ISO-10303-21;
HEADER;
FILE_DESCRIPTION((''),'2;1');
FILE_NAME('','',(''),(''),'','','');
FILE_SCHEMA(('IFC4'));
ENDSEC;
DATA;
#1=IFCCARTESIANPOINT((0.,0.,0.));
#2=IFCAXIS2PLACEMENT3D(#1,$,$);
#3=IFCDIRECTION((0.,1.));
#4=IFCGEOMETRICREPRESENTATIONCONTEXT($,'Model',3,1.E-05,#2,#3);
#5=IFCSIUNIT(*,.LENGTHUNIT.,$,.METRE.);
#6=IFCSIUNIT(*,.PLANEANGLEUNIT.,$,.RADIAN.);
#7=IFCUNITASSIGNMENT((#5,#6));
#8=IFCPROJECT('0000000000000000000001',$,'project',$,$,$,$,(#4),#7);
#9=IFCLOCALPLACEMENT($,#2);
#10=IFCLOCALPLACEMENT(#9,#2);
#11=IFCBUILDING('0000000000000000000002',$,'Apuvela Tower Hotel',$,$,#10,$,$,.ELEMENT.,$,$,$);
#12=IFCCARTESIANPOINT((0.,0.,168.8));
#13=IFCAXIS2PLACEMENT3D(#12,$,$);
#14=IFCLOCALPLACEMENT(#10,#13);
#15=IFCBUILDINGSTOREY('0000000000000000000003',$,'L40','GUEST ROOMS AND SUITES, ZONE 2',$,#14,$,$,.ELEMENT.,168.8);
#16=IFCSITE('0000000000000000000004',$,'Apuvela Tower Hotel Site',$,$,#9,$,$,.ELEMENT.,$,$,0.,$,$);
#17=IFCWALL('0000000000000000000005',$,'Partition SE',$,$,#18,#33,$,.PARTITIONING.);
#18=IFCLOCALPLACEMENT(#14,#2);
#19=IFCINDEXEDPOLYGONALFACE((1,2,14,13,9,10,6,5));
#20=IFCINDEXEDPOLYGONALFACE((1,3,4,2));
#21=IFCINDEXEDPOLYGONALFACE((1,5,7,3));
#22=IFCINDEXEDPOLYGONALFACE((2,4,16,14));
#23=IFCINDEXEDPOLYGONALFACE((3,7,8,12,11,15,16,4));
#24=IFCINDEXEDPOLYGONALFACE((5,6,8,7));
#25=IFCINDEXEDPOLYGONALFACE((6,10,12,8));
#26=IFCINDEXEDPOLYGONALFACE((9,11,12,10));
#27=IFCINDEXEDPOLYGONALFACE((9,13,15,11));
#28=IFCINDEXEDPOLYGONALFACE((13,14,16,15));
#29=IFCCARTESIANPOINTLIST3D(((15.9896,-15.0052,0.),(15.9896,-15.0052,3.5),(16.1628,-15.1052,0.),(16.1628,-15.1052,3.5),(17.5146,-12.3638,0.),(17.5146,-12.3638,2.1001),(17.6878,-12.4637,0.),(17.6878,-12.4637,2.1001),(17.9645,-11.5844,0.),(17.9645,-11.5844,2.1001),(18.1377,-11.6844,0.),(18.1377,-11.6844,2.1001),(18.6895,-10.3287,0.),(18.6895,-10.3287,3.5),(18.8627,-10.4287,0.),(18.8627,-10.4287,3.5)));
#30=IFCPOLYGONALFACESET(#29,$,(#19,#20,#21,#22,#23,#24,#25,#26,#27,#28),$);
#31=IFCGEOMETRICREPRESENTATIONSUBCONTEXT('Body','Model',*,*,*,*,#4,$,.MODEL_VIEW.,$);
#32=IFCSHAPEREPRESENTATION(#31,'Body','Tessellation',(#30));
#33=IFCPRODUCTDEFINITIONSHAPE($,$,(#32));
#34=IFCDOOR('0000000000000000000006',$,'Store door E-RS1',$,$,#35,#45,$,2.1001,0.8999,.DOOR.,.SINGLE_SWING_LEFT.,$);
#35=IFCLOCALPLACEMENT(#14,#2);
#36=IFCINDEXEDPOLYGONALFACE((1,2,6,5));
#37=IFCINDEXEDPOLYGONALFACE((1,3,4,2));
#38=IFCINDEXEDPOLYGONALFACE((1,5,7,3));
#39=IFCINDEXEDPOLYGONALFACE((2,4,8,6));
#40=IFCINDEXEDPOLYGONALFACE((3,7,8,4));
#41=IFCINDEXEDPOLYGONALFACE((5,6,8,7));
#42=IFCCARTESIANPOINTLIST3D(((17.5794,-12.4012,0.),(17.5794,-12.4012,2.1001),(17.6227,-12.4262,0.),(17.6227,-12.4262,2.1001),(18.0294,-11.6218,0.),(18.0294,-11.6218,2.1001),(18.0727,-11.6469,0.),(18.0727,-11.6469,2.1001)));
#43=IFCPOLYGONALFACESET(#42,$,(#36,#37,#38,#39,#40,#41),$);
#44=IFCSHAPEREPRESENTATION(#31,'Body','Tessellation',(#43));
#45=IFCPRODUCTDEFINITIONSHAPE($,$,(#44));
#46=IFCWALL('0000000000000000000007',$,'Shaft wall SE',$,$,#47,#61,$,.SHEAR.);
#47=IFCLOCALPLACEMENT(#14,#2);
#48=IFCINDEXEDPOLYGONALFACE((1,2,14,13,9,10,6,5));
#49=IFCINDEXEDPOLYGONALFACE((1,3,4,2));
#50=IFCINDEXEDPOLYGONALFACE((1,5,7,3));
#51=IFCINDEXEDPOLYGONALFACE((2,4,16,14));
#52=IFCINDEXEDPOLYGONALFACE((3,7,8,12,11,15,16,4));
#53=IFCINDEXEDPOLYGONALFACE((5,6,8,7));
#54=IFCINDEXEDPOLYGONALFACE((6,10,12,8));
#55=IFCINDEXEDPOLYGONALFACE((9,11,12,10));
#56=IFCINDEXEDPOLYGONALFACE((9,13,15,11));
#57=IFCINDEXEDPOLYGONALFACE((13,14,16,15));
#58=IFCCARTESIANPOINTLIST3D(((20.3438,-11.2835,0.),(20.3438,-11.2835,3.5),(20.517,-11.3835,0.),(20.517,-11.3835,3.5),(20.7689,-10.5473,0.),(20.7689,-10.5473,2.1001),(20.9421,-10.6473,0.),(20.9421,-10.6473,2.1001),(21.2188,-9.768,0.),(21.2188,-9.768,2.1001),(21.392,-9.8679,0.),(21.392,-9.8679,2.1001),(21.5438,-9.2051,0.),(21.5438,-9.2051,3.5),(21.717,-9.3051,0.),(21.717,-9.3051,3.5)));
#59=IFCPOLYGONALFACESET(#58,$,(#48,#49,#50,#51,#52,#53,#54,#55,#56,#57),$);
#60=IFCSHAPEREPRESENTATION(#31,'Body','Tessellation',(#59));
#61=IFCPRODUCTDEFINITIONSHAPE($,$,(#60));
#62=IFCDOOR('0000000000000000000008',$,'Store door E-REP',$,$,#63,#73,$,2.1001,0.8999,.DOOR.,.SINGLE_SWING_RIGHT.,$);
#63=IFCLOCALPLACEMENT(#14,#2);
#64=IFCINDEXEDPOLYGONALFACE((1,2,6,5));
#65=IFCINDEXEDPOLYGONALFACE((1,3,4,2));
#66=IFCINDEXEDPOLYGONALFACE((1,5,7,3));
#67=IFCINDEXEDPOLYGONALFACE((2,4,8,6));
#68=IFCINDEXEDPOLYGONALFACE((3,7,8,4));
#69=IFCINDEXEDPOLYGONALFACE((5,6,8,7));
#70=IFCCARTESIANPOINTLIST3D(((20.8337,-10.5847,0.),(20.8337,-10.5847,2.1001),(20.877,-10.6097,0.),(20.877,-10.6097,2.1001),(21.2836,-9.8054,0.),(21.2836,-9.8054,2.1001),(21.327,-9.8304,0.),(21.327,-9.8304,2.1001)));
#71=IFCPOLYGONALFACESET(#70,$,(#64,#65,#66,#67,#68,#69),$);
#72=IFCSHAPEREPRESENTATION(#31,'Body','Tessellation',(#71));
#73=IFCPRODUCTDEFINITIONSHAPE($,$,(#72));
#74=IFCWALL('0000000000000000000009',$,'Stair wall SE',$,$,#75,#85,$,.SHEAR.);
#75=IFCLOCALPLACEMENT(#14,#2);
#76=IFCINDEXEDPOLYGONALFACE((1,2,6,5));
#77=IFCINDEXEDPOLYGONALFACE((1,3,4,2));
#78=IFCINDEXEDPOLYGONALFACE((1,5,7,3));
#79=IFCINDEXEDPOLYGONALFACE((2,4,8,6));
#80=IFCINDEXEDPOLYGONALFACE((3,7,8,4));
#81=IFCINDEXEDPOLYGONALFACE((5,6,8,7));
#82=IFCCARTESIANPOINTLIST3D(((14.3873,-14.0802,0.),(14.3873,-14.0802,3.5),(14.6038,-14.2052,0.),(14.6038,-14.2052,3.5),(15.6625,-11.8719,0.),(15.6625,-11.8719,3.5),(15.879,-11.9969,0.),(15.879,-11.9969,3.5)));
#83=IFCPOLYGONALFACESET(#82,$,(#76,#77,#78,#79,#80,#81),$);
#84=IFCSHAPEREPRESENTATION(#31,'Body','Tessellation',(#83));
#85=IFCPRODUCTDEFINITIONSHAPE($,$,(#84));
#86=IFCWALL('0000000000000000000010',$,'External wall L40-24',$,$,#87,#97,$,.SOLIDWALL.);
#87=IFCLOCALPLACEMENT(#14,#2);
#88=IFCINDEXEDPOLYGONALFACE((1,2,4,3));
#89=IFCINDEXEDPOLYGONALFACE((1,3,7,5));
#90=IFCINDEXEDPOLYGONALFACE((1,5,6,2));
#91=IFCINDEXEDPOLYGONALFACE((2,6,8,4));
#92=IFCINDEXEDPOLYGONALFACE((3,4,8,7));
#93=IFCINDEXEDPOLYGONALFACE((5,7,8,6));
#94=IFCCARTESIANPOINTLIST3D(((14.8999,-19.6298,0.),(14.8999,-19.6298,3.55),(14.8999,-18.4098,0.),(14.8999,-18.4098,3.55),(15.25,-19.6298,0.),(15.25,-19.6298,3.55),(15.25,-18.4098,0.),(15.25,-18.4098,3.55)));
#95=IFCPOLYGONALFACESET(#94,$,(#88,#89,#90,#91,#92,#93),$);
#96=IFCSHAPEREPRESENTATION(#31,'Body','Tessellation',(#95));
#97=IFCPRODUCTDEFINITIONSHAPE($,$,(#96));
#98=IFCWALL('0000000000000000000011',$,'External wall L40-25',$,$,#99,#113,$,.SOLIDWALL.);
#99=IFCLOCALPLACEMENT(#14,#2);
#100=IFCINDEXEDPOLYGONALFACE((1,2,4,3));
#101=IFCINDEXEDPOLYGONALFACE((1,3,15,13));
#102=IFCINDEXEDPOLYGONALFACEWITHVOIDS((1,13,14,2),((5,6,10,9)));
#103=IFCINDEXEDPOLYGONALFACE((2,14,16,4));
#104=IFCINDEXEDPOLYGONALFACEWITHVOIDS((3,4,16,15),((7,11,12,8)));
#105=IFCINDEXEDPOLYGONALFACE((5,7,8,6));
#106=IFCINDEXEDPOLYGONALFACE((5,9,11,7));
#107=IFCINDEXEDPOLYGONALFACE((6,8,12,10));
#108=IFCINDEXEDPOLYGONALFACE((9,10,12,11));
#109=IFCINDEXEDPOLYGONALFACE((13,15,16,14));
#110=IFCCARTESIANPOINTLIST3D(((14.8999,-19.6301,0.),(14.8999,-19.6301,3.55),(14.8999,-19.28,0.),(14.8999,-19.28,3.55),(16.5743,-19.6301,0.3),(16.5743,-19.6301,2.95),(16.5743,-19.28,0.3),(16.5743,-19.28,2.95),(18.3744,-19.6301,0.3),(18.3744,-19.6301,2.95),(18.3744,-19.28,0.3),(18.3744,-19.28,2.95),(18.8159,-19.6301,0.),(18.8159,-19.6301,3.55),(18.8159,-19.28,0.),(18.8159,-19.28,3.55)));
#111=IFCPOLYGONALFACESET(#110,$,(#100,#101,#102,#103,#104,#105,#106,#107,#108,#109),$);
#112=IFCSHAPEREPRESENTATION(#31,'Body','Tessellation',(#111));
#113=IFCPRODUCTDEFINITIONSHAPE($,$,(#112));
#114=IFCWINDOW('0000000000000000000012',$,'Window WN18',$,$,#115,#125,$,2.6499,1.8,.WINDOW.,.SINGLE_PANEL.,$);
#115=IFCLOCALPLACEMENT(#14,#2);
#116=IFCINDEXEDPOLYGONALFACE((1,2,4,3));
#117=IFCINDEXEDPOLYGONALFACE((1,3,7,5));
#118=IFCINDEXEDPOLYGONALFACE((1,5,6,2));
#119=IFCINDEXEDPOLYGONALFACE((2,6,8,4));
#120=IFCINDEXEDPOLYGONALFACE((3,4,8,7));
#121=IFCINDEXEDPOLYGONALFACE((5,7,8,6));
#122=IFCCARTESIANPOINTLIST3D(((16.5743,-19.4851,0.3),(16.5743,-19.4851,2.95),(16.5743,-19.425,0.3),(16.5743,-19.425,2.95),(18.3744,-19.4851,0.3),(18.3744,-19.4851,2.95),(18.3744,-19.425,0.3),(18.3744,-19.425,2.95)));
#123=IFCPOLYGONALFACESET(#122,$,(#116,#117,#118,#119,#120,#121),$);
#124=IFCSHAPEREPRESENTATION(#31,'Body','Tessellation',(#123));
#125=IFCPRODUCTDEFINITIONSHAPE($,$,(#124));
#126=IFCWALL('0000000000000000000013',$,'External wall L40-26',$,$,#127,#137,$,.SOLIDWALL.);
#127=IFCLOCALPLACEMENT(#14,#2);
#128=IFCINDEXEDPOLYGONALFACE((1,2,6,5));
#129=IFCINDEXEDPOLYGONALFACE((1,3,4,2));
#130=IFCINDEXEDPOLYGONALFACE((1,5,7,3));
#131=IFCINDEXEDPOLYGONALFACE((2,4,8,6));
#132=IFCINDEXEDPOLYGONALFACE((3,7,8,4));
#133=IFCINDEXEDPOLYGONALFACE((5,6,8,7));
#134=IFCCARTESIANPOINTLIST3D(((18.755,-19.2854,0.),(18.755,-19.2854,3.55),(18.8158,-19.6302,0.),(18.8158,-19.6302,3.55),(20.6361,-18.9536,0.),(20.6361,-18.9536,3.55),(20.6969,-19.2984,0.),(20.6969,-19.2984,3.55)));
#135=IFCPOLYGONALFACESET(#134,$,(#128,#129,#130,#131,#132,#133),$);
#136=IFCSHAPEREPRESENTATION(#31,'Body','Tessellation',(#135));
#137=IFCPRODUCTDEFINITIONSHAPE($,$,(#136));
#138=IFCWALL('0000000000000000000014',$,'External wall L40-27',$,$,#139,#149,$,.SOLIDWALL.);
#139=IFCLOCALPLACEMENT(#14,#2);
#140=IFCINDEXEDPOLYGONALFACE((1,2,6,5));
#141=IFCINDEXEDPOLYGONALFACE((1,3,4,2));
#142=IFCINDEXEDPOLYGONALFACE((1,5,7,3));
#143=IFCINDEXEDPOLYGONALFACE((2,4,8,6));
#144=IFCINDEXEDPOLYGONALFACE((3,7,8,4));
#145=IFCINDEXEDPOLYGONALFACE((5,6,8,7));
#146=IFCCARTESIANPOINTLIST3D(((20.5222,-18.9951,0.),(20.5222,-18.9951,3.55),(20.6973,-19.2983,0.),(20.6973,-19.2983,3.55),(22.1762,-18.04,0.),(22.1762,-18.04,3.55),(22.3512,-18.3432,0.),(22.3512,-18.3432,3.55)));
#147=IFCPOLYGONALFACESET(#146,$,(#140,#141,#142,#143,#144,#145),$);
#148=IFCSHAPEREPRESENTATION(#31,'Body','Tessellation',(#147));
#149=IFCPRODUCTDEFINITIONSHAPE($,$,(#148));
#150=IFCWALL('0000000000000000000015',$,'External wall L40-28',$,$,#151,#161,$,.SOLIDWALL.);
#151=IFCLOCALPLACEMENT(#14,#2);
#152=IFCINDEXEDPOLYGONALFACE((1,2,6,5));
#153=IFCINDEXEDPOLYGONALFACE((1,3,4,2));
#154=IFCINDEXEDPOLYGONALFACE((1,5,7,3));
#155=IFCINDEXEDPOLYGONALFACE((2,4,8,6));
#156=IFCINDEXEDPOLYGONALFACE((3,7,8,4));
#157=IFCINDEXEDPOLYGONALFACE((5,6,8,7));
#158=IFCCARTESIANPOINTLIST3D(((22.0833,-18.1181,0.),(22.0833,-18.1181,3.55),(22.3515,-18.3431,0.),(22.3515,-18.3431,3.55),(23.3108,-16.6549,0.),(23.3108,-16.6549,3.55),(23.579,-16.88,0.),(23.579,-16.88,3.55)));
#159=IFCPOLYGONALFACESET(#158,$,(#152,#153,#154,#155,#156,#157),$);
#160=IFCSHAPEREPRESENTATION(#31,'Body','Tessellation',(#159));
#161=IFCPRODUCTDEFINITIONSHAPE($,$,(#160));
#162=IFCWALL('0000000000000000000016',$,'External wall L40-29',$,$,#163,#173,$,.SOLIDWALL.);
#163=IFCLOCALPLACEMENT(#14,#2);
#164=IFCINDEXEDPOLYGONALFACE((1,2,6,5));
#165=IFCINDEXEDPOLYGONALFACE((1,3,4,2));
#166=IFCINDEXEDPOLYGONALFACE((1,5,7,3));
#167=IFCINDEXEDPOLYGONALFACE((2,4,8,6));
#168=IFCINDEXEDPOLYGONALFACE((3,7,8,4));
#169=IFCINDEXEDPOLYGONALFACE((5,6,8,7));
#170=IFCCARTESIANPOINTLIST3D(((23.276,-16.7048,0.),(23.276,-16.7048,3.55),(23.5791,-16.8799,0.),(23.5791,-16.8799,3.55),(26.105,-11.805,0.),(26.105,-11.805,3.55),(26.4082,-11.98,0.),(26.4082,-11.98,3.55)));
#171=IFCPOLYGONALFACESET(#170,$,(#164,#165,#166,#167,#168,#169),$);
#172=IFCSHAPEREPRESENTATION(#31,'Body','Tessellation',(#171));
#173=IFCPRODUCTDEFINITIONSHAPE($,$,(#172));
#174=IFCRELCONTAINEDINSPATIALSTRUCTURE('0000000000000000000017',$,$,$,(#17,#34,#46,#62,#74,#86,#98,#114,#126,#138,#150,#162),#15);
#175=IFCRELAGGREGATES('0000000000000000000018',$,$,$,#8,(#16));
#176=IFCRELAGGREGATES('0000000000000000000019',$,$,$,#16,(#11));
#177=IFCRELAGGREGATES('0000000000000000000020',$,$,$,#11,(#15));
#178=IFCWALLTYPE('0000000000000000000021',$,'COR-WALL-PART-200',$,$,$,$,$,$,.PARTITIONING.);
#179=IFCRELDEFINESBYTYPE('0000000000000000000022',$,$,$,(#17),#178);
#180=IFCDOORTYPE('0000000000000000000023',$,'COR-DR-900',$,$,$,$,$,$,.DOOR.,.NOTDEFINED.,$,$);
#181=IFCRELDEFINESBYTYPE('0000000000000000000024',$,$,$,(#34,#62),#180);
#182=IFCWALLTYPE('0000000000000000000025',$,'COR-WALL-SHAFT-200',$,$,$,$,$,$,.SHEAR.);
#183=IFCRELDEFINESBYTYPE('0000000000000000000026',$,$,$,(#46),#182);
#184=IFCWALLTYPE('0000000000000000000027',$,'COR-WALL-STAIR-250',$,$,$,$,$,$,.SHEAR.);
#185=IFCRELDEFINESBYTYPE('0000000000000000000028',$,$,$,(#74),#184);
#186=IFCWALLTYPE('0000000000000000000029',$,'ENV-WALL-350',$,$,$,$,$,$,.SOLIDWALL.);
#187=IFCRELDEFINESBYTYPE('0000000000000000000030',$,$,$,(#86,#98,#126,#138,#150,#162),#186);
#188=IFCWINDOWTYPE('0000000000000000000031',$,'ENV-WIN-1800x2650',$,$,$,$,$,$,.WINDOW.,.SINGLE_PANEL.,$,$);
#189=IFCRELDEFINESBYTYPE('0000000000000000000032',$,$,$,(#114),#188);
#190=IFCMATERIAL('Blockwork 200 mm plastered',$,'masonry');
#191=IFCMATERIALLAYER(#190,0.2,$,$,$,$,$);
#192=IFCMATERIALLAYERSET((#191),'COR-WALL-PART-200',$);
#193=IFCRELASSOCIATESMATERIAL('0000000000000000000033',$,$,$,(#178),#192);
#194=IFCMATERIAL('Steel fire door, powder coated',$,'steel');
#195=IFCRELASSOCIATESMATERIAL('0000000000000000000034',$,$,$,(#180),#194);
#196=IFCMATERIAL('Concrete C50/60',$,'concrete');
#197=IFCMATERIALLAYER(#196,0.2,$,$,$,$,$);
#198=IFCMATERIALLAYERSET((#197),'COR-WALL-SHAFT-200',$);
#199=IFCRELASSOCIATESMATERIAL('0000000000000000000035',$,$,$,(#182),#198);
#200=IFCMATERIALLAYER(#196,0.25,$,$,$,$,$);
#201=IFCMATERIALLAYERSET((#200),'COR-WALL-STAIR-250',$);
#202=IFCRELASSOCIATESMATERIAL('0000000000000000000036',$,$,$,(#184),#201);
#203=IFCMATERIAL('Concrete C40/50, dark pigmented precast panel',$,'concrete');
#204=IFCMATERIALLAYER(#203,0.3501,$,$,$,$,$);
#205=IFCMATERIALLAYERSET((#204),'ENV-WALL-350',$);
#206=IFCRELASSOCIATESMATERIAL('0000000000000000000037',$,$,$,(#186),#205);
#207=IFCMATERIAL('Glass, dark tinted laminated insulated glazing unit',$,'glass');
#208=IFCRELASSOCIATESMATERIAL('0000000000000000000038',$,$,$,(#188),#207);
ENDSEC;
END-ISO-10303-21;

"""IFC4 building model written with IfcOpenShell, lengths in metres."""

from ifc_helpers import new_model, si_unit, direction, frame, frame_2d, origin, place, context, subcontext, project, spatial, rectangle, extrude, material, layer, layer_set, type_object, element, fill, save


model = new_model("IFC4")

# Units and contexts
model_context = context("Model", 3, precision=1e-05, world=origin(), true_north=direction((0.0, 1.0)))
body_context = subcontext(model_context, "Body", "Model", "MODEL_VIEW")
ifc_project = project(units=[si_unit("LENGTHUNIT", "METRE"), si_unit("PLANEANGLEUNIT", "RADIAN")], contexts=[model_context])

# Site, building, storey
site_placement = place(None, origin())
site = spatial("IfcSite", under=ifc_project, at=site_placement, Name="Apuvela Tower Hotel Site", CompositionType="ELEMENT", RefElevation=0.0)
building_placement = place(site_placement, origin())
building = spatial("IfcBuilding", under=site, at=building_placement, Name="Apuvela Tower Hotel", CompositionType="ELEMENT")
storey_placement = place(building_placement, frame((0.0, 0.0, 168.8)))
storey = spatial("IfcBuildingStorey", under=building, at=storey_placement, Name="L40", Description="GUEST ROOMS AND SUITES, ZONE 2", CompositionType="ELEMENT", Elevation=168.8)

# Walls, openings, doors
ifc_material_1 = material(Name="Blockwork 200 mm plastered", Category="masonry")
ifc_layer_1 = layer(ifc_material_1, 0.2)
ifc_layer_set_1 = layer_set([ifc_layer_1], Name="COR-WALL-PART-200")
wall_type_1 = type_object("IfcWallType", Name="COR-WALL-PART-200", PredefinedType="PARTITIONING", material=ifc_layer_set_1)
wall_1_placement = place(storey_placement, frame((16.0762, -15.0552, 0.0), z_axis=(0.0, 0.0, 1.0), x_axis=(0.499995, 0.866028, 0.0)))
wall_1 = element("IfcWall", 1, at=wall_1_placement, inside=storey, type_object=wall_type_1, Name="Partition SE", PredefinedType="PARTITIONING", context=body_context, shape_type="SweptSolid", body=[
    extrude(rectangle(XDim=5.3999, YDim=0.2, at=frame_2d((2.7, 0.0))), origin(), (0.0, 0.0, 1.0), 3.5),
])
opening_1_placement = place(wall_1_placement, frame((3.05, 0.0, 0.0)))
opening_1 = element("IfcOpeningElement", 2, at=opening_1_placement, cuts=wall_1, PredefinedType="OPENING", context=body_context, shape_type="SweptSolid", body=[
    extrude(rectangle(XDim=0.8999, YDim=2.1001, at=frame_2d((0.45, 1.05))), frame((0.0, 0.1099, 0.0), z_axis=(0.0, -1.0, 0.0), x_axis=(1.0, 0.0, 0.0)), (0.0, 0.0, 1.0), 0.22),
])
ifc_material_2 = material(Name="Steel fire door, powder coated", Category="steel")
door_type_1 = type_object("IfcDoorType", Name="COR-DR-900", OperationType="NOTDEFINED", PredefinedType="DOOR", material=ifc_material_2)
door_1_placement = place(opening_1_placement, frame((0.8999, 0.0, 0.0), z_axis=(0.0, 0.0, 1.0), x_axis=(-1.0, 0.0, 0.0)))
door_1 = element("IfcDoor", 3, at=door_1_placement, inside=storey, type_object=door_type_1, Name="Store door E-RS1", OperationType="SINGLE_SWING_LEFT", OverallHeight=2.1001, OverallWidth=0.8999, PredefinedType="DOOR", context=body_context, shape_type="SweptSolid", body=[
    extrude(rectangle(XDim=0.8999, YDim=2.1001, at=frame_2d((0.45, 1.05))), frame((0.0, 0.0249, 0.0), z_axis=(0.0, -1.0, 0.0), x_axis=(1.0, 0.0, 0.0)), (0.0, 0.0, 1.0), 0.05),
])
fill(opening_1, door_1)
ifc_material_3 = material(Name="Concrete C50/60", Category="concrete")
ifc_layer_2 = layer(ifc_material_3, 0.2)
ifc_layer_set_2 = layer_set([ifc_layer_2], Name="COR-WALL-SHAFT-200")
wall_type_2 = type_object("IfcWallType", Name="COR-WALL-SHAFT-200", PredefinedType="SHEAR", material=ifc_layer_set_2)
wall_2_placement = place(storey_placement, frame((20.4304, -11.3335, 0.0), z_axis=(0.0, 0.0, 1.0), x_axis=(0.500001, 0.866025, 0.0)))
wall_2 = element("IfcWall", 4, at=wall_2_placement, inside=storey, type_object=wall_type_2, Name="Shaft wall SE", PredefinedType="SHEAR", context=body_context, shape_type="SweptSolid", body=[
    extrude(rectangle(XDim=2.3999, YDim=0.2, at=frame_2d((1.2, 0.0))), origin(), (0.0, 0.0, 1.0), 3.5),
])
opening_2_placement = place(wall_2_placement, frame((0.8501, 0.0, 0.0)))
opening_2 = element("IfcOpeningElement", 5, at=opening_2_placement, cuts=wall_2, PredefinedType="OPENING", context=body_context, shape_type="SweptSolid", body=[
    extrude(rectangle(XDim=0.8999, YDim=2.1001, at=frame_2d((0.45, 1.05))), frame((0.0, 0.1099, 0.0), z_axis=(0.0, -1.0, 0.0), x_axis=(1.0, 0.0, 0.0)), (0.0, 0.0, 1.0), 0.22),
])
door_2_placement = place(opening_2_placement, frame((0.8999, 0.0, 0.0), z_axis=(0.0, 0.0, 1.0), x_axis=(-1.0, 0.0, 0.0)))
door_2 = element("IfcDoor", 6, at=door_2_placement, inside=storey, type_object=door_type_1, Name="Store door E-REP", OperationType="SINGLE_SWING_RIGHT", OverallHeight=2.1001, OverallWidth=0.8999, PredefinedType="DOOR", context=body_context, shape_type="SweptSolid", body=[
    extrude(rectangle(XDim=0.8999, YDim=2.1001, at=frame_2d((0.45, 1.05))), frame((0.0, 0.0249, 0.0), z_axis=(0.0, -1.0, 0.0), x_axis=(1.0, 0.0, 0.0)), (0.0, 0.0, 1.0), 0.05),
])
fill(opening_2, door_2)

# Walls
ifc_layer_3 = layer(ifc_material_3, 0.25)
ifc_layer_set_3 = layer_set([ifc_layer_3], Name="COR-WALL-STAIR-250")
wall_type_3 = type_object("IfcWallType", Name="COR-WALL-STAIR-250", PredefinedType="SHEAR", material=ifc_layer_set_3)
wall_3_placement = place(storey_placement, frame((14.4956, -14.1426, 0.0), z_axis=(0.0, 0.0, 1.0), x_axis=(0.500062, 0.865989, 0.0)))
element("IfcWall", 7, at=wall_3_placement, inside=storey, type_object=wall_type_3, Name="Stair wall SE", PredefinedType="SHEAR", context=body_context, shape_type="SweptSolid", body=[
    extrude(rectangle(XDim=2.55, YDim=0.25, at=frame_2d((1.2749, 0.0))), origin(), (0.0, 0.0, 1.0), 3.5),
])
ifc_material_4 = material(Name="Concrete C40/50, dark pigmented precast panel", Category="concrete")
ifc_layer_4 = layer(ifc_material_4, 0.3501)
ifc_layer_set_4 = layer_set([ifc_layer_4], Name="ENV-WALL-350")
wall_type_4 = type_object("IfcWallType", Name="ENV-WALL-350", PredefinedType="SOLIDWALL", material=ifc_layer_set_4)
wall_4_placement = place(storey_placement, frame((15.075, -18.4099, 0.0), z_axis=(0.0, 0.0, 1.0), x_axis=(0.0, -1.0, 0.0)))
element("IfcWall", 8, at=wall_4_placement, inside=storey, type_object=wall_type_4, Name="External wall L40-24", PredefinedType="SOLIDWALL", context=body_context, shape_type="SweptSolid", body=[
    extrude(rectangle(XDim=1.22, YDim=0.3501, at=frame_2d((0.6099, 0.0))), origin(), (0.0, 0.0, 1.0), 3.55),
])

# Wall, opening, window
wall_5_placement = place(storey_placement, frame((14.8999, -19.4551, 0.0), z_axis=(0.0, 0.0, 1.0), x_axis=(1.0, 0.0, 0.0)))
wall_5 = element("IfcWall", 9, at=wall_5_placement, inside=storey, type_object=wall_type_4, Name="External wall L40-25", PredefinedType="SOLIDWALL", context=body_context, shape_type="SweptSolid", body=[
    extrude(rectangle(XDim=3.916, YDim=0.3501, at=frame_2d((1.958, 0.0))), origin(), (0.0, 0.0, 1.0), 3.55),
])
opening_3_placement = place(wall_5_placement, frame((1.6746, 0.0, 0.3)))
opening_3 = element("IfcOpeningElement", 10, at=opening_3_placement, cuts=wall_5, PredefinedType="OPENING", context=body_context, shape_type="SweptSolid", body=[
    extrude(rectangle(XDim=1.8, YDim=2.6499, at=frame_2d((0.8999, 1.325))), frame((0.0, 0.1851, 0.0), z_axis=(0.0, -1.0, 0.0), x_axis=(1.0, 0.0, 0.0)), (0.0, 0.0, 1.0), 0.3701),
])
ifc_material_5 = material(Name="Glass, dark tinted laminated insulated glazing unit", Category="glass")
window_type = type_object("IfcWindowType", Name="ENV-WIN-1800x2650", PartitioningType="SINGLE_PANEL", PredefinedType="WINDOW", material=ifc_material_5)
window_placement = place(opening_3_placement, origin())
window = element("IfcWindow", 11, at=window_placement, inside=storey, type_object=window_type, Name="Window WN18", OverallHeight=2.6499, OverallWidth=1.8, PartitioningType="SINGLE_PANEL", PredefinedType="WINDOW", context=body_context, shape_type="SweptSolid", body=[
    extrude(rectangle(XDim=1.8, YDim=2.6499, at=frame_2d((0.8999, 1.325))), frame((0.0, 0.03, 0.0), z_axis=(0.0, -1.0, 0.0), x_axis=(1.0, 0.0, 0.0)), (0.0, 0.0, 1.0), 0.0601),
])
fill(opening_3, window)

# Walls
wall_6_placement = place(storey_placement, frame((18.7854, -19.4578, 0.0), z_axis=(0.0, 0.0, 1.0), x_axis=(0.984799, 0.173698, 0.0)))
element("IfcWall", 12, at=wall_6_placement, inside=storey, type_object=wall_type_4, Name="External wall L40-26", PredefinedType="SOLIDWALL", context=body_context, shape_type="SweptSolid", body=[
    extrude(rectangle(XDim=1.9102, YDim=0.3501, at=frame_2d((0.9551, 0.0))), origin(), (0.0, 0.0, 1.0), 3.55),
])
for number, where, z_axis, x_axis, name in (
    (13, (20.6096, -19.1467, 0.0), (0.0, 0.0, 1.0), (0.866, 0.500043, 0.0), "External wall L40-27"),
    (14, (22.2173, -18.2307, 0.0), (0.0, 0.0, 1.0), (0.642733, 0.76609, 0.0), "External wall L40-28"),
):
    element("IfcWall", number, at=place(storey_placement, frame(where, z_axis=z_axis, x_axis=x_axis)), inside=storey, type_object=wall_type_4, Name=name, PredefinedType="SOLIDWALL", context=body_context, shape_type="SweptSolid", body=[
        extrude(rectangle(XDim=1.9099, YDim=0.3501, at=frame_2d((0.9551, 0.0))), origin(), (0.0, 0.0, 1.0), 3.55),
    ])
wall_7_placement = place(storey_placement, frame((23.4275, -16.7925, 0.0), z_axis=(0.0, 0.0, 1.0), x_axis=(0.500019, 0.866015, 0.0)))
element("IfcWall", 15, at=wall_7_placement, inside=storey, type_object=wall_type_4, Name="External wall L40-29", PredefinedType="SOLIDWALL", context=body_context, shape_type="SweptSolid", body=[
    extrude(rectangle(XDim=5.658, YDim=0.3501, at=frame_2d((2.8291, 0.0))), origin(), (0.0, 0.0, 1.0), 3.55),
])

save(model, "model.ifc")
